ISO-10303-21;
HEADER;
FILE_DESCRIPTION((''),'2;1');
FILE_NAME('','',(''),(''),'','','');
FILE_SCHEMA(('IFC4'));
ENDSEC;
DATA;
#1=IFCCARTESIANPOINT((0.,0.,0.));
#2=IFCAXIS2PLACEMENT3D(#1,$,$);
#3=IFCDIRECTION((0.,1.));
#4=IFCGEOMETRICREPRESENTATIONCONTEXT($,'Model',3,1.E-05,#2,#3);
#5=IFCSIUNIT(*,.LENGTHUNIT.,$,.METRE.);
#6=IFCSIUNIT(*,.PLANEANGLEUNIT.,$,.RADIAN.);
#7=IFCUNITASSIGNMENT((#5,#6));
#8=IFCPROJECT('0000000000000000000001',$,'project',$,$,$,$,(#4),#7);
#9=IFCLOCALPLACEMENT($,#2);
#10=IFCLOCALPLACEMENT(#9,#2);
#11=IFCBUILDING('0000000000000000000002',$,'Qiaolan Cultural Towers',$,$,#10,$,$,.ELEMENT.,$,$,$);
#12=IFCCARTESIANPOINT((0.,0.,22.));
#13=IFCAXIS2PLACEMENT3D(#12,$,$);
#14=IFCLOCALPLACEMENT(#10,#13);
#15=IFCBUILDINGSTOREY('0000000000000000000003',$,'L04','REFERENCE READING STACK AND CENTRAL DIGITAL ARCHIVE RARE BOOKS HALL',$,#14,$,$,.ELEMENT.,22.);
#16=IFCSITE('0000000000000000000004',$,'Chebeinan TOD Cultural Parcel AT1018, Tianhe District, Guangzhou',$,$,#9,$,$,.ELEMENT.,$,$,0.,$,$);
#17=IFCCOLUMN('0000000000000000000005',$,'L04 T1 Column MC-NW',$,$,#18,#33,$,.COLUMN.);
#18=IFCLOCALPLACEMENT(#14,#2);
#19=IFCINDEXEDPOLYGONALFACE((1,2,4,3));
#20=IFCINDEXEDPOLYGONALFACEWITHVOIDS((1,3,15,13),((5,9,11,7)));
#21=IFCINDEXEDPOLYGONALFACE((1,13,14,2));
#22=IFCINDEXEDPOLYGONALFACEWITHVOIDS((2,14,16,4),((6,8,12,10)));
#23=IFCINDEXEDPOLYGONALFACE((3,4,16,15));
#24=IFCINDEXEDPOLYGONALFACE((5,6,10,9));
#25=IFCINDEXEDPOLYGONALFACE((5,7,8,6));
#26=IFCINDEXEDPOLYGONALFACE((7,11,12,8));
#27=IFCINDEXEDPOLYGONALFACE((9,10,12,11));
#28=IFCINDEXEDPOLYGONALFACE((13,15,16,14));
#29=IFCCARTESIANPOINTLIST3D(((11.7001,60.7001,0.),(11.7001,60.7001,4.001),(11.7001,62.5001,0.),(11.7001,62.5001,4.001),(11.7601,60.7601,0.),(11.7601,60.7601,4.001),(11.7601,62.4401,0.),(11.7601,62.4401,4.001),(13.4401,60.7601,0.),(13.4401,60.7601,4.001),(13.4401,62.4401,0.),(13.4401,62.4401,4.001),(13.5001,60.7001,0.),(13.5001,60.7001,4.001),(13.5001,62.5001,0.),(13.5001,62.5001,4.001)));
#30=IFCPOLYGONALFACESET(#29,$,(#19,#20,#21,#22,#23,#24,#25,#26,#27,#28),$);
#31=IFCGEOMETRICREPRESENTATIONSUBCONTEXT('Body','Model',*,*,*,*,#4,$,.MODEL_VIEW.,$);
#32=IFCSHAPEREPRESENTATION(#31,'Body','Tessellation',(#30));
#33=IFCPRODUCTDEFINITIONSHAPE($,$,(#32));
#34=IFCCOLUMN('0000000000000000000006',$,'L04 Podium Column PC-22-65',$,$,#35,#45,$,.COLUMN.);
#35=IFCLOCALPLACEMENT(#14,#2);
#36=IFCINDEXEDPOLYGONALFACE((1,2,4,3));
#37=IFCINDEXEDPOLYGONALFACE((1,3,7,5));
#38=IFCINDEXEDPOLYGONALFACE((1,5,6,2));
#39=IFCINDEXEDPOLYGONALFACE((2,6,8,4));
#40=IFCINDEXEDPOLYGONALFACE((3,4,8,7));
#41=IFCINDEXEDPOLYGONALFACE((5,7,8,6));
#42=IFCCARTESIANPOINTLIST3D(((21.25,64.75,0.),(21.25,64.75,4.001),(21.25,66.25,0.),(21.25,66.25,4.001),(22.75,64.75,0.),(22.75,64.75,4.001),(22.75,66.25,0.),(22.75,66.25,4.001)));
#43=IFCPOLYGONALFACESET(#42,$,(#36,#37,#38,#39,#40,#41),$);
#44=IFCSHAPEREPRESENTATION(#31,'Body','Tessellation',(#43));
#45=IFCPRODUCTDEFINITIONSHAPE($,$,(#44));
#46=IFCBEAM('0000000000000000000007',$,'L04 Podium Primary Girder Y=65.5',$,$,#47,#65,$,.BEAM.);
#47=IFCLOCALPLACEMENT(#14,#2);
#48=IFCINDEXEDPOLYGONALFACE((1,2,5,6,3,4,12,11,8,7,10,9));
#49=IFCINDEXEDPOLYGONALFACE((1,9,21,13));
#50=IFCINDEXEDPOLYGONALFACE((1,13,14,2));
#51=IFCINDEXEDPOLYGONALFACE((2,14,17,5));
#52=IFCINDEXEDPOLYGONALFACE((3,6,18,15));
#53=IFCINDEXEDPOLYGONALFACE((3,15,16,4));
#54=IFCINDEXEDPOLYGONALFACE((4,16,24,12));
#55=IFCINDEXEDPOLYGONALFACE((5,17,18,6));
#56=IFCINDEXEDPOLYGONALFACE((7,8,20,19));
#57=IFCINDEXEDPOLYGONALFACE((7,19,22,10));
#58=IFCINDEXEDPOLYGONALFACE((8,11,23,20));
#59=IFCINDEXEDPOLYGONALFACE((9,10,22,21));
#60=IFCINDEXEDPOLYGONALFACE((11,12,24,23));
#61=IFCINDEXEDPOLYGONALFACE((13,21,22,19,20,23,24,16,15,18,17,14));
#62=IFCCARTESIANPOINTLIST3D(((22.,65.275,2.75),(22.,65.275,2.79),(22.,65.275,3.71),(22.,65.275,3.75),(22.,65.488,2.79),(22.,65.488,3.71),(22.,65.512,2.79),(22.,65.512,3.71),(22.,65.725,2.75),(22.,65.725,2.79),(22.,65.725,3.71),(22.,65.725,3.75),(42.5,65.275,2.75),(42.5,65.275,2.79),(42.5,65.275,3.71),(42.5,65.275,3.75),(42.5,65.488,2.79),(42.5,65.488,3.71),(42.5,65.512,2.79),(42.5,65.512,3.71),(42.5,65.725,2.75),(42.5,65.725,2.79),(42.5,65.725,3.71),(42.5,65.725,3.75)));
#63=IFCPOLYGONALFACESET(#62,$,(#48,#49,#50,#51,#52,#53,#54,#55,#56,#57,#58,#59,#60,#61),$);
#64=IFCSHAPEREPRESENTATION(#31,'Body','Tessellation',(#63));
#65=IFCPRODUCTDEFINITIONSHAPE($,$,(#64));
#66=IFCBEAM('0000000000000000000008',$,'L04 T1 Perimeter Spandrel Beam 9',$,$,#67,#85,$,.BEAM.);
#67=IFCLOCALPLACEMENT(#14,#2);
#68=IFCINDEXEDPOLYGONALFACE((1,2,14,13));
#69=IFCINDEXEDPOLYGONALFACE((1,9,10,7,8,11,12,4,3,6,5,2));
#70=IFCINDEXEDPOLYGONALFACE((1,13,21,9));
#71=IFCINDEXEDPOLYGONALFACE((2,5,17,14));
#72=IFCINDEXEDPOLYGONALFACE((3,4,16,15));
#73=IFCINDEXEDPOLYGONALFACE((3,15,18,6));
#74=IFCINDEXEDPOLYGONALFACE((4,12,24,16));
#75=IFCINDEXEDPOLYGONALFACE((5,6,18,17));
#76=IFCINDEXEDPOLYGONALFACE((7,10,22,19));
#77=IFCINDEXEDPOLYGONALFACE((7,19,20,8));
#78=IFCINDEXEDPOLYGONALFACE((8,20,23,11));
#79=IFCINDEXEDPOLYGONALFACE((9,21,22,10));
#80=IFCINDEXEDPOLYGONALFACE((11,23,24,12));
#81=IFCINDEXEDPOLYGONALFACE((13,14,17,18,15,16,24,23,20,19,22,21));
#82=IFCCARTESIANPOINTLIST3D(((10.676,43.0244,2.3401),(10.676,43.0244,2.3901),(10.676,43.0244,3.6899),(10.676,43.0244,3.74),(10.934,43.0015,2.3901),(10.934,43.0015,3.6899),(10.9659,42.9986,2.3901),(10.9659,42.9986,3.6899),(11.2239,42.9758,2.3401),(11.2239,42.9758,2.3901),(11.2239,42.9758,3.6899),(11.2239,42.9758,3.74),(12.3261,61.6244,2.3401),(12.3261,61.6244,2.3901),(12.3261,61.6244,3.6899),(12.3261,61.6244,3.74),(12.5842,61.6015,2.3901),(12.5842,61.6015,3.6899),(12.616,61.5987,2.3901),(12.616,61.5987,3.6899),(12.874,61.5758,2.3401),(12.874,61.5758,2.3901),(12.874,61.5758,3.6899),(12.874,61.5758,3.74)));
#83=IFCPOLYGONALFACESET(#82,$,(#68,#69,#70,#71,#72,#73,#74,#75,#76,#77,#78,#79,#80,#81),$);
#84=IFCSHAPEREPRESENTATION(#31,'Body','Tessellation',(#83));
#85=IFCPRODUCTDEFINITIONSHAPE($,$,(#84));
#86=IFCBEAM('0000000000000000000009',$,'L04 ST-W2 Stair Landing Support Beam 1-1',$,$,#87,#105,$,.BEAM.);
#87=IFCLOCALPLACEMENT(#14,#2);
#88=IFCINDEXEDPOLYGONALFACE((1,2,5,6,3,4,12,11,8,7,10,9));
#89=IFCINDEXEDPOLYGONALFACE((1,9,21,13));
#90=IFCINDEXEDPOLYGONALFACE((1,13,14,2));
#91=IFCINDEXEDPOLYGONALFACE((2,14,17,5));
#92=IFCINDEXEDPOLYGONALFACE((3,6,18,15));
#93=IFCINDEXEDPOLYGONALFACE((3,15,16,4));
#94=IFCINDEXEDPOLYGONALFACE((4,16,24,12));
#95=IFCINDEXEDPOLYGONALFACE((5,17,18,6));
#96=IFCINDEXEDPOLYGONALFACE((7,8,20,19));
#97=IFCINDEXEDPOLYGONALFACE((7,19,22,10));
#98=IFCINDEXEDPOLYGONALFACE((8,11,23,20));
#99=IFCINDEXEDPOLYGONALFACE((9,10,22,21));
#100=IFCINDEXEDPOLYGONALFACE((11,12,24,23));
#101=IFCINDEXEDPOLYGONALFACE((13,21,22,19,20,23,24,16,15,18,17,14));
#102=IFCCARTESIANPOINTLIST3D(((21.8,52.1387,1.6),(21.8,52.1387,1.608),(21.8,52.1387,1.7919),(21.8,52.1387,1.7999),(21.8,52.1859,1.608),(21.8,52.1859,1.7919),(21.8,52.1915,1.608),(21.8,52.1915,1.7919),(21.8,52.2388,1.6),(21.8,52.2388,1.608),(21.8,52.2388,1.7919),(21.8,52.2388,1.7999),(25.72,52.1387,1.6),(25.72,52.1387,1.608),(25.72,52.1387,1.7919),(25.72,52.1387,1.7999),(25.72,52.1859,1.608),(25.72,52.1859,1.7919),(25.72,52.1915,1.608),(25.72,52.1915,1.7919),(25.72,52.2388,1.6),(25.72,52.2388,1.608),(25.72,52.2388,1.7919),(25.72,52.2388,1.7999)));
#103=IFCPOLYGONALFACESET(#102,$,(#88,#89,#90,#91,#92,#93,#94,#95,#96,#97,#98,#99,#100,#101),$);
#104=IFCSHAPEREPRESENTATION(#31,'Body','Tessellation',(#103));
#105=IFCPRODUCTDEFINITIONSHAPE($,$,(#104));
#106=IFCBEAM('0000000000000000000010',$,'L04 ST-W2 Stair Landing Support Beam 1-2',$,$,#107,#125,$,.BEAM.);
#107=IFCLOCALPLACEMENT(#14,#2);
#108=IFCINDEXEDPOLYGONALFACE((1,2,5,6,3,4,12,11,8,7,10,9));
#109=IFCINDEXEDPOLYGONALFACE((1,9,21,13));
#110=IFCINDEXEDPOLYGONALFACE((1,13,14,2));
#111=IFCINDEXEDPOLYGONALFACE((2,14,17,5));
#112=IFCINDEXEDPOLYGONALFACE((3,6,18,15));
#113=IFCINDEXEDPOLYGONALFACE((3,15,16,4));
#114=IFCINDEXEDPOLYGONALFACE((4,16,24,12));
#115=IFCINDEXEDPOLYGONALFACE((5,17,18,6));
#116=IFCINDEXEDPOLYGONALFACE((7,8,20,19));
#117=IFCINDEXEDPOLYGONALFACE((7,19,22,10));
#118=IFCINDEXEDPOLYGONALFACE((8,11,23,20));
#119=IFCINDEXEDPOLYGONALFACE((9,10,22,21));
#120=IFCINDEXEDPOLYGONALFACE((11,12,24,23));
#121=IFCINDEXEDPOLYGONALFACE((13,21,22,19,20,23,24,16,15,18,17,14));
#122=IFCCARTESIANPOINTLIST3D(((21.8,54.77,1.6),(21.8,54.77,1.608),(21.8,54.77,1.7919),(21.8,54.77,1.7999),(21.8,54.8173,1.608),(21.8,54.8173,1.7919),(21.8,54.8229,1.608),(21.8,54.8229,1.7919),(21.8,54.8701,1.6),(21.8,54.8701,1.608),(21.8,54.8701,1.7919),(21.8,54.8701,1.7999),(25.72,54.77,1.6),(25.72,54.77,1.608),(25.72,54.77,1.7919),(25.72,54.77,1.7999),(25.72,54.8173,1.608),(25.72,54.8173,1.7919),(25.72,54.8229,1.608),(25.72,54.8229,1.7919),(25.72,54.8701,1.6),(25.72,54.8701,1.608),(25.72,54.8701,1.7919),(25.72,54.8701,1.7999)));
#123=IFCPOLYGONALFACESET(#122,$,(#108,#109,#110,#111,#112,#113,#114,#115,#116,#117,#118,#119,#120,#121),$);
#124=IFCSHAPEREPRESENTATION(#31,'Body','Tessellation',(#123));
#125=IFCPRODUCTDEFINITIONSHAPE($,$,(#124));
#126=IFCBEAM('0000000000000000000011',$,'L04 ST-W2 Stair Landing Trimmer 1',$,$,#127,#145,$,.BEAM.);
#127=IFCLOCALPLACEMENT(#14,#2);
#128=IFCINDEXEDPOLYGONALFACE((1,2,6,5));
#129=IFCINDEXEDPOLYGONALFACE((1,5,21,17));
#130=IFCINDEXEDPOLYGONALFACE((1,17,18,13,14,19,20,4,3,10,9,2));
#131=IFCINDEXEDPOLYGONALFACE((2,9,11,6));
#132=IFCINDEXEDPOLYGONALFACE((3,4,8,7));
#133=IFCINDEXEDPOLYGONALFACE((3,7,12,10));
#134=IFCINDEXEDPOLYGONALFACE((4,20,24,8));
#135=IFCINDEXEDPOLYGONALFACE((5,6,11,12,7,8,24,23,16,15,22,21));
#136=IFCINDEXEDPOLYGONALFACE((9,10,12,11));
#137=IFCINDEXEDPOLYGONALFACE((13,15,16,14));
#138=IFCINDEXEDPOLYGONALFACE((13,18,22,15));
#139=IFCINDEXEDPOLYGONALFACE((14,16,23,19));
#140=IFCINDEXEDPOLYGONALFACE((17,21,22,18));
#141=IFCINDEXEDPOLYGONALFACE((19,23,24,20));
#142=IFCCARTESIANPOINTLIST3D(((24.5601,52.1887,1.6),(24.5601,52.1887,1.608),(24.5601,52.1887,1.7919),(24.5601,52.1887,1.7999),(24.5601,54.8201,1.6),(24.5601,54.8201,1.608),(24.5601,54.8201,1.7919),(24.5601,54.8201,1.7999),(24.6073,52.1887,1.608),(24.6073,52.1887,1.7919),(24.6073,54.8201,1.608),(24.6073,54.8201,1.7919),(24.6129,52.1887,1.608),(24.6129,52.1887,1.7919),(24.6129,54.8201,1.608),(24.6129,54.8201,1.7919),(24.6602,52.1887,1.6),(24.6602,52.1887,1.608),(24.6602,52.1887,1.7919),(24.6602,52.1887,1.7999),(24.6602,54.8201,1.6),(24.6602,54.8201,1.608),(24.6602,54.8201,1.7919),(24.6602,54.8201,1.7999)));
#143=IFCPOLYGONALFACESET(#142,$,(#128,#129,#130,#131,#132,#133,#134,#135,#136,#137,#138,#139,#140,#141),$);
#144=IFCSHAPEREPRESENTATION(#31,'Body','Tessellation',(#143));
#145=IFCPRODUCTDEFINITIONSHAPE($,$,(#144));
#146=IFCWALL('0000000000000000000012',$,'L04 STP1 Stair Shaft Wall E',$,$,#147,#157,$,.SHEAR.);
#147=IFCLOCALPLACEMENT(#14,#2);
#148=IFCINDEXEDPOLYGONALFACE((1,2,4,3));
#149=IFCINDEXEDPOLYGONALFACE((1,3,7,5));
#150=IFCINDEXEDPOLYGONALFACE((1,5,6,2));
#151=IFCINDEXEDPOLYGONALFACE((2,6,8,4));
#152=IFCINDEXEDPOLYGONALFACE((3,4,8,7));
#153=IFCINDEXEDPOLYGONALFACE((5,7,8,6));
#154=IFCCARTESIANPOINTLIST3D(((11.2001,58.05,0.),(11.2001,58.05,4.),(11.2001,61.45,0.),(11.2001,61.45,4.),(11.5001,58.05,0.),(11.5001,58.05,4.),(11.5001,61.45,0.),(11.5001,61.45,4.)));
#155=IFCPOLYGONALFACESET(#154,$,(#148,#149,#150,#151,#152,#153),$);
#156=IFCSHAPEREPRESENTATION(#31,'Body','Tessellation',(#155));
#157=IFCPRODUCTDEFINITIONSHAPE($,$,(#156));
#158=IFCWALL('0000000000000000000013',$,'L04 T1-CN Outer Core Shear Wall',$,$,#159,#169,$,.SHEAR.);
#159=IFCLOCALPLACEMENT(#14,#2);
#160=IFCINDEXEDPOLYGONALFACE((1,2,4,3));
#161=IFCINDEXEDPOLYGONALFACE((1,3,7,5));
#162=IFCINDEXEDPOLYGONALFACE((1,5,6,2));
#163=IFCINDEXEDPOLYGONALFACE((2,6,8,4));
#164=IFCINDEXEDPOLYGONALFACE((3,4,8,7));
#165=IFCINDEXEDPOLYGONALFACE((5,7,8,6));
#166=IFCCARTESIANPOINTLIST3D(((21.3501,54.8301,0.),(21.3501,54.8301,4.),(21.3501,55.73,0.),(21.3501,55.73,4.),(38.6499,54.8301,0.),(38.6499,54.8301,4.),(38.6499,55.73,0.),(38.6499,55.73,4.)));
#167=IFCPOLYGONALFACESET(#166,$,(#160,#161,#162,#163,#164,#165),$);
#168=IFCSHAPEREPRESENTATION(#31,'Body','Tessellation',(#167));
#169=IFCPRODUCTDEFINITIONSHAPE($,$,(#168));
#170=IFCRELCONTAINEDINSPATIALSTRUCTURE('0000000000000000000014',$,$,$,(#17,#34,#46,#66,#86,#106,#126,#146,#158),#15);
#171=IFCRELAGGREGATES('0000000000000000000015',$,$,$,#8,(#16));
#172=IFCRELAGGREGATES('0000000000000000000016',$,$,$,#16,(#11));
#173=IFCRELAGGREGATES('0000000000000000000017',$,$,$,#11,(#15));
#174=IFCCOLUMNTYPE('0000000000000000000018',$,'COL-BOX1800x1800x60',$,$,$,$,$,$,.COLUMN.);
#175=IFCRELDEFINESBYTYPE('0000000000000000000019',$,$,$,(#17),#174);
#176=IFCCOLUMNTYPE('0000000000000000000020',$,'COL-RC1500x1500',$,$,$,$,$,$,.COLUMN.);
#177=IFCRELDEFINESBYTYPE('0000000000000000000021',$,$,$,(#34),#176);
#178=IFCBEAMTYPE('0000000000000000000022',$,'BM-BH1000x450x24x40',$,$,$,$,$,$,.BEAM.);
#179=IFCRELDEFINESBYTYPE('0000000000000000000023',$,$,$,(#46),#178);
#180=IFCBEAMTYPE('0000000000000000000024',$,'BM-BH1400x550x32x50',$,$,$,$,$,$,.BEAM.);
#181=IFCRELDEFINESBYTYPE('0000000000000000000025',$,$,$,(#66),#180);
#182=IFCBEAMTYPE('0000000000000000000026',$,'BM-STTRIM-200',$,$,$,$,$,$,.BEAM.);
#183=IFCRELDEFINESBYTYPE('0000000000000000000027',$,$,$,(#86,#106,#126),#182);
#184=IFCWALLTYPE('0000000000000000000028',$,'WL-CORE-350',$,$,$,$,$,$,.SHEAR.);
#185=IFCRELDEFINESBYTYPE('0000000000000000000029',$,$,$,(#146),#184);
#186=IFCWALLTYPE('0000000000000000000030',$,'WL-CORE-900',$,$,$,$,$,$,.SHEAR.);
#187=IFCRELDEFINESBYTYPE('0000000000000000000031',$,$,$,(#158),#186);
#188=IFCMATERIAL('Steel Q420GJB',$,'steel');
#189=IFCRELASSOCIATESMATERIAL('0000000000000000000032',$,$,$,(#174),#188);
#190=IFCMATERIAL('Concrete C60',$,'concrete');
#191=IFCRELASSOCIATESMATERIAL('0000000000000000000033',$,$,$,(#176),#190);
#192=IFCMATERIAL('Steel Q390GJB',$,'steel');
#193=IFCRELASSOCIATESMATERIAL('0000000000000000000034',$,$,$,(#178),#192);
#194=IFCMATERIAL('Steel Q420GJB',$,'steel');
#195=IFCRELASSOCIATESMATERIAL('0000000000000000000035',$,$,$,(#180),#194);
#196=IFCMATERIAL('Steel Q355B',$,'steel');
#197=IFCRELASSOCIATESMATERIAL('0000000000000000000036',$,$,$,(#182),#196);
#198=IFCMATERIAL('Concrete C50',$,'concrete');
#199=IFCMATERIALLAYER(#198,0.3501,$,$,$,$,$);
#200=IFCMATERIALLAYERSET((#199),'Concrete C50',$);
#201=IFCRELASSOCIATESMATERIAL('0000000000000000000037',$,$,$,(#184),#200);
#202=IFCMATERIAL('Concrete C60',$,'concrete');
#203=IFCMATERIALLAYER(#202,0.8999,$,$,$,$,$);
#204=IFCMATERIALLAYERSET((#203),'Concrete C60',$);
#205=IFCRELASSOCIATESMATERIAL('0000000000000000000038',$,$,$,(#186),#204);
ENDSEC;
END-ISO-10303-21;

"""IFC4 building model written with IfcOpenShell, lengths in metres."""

from ifc_helpers import new_model, si_unit, direction, frame, frame_2d, origin, origin_2d, place, context, subcontext, project, spatial, rectangle, hollow_rectangle, i_section, extrude, material, layer, layer_set, material_profile, profile_set, type_object, element, save


model = new_model("IFC4")

# Units and contexts
model_context = context("Model", 3, precision=1e-05, world=origin(), true_north=direction((0.0, 1.0)))
body_context = subcontext(model_context, "Body", "Model", "MODEL_VIEW")
ifc_project = project(units=[si_unit("LENGTHUNIT", "METRE"), si_unit("PLANEANGLEUNIT", "RADIAN")], contexts=[model_context])

# Site, building, storey
site_placement = place(None, origin())
site = spatial("IfcSite", under=ifc_project, at=site_placement, Name="Chebeinan TOD Cultural Parcel AT1018, Tianhe District, Guangzhou", CompositionType="ELEMENT", RefElevation=0.0)
building_placement = place(site_placement, origin())
building = spatial("IfcBuilding", under=site, at=building_placement, Name="Qiaolan Cultural Towers", CompositionType="ELEMENT")
storey_placement = place(building_placement, frame((0.0, 0.0, 22.0)))
storey = spatial("IfcBuildingStorey", under=building, at=storey_placement, Name="L04", Description="REFERENCE READING STACK AND CENTRAL DIGITAL ARCHIVE RARE BOOKS HALL", CompositionType="ELEMENT", Elevation=22.0)

# Columns
ifc_material_1 = material(Name="Steel Q420GJB", Category="steel")
ifc_material_profile_1 = material_profile(ifc_material_1, hollow_rectangle(XDim=1.8, YDim=1.8, WallThickness=0.0601, at=origin_2d()), Name="BOX1800x1800x60")
ifc_profile_set_1 = profile_set([ifc_material_profile_1], Name="Steel Q420GJB")
column_type_1 = type_object("IfcColumnType", Name="COL-BOX1800x1800x60", PredefinedType="COLUMN", material=ifc_profile_set_1)
column_1_placement = place(storey_placement, frame((12.6001, 61.6001, 0.0), z_axis=(0.0, 0.0, 1.0), x_axis=(1.0, 0.0, 0.0)))
element("IfcColumn", 1, at=column_1_placement, inside=storey, type_object=column_type_1, Name="L04 T1 Column MC-NW", PredefinedType="COLUMN", context=body_context, shape_type="SweptSolid", body=[
    extrude(hollow_rectangle(XDim=1.8, YDim=1.8, WallThickness=0.0601, at=origin_2d()), origin(), (0.0, 0.0, 1.0), 4.001),
])
ifc_material_2 = material(Name="Concrete C60", Category="concrete")
ifc_material_profile_2 = material_profile(ifc_material_2, rectangle(XDim=1.5, YDim=1.5, at=origin_2d()), Name="RC1500x1500")
ifc_profile_set_2 = profile_set([ifc_material_profile_2], Name="Concrete C60")
column_type_2 = type_object("IfcColumnType", Name="COL-RC1500x1500", PredefinedType="COLUMN", material=ifc_profile_set_2)
column_2_placement = place(storey_placement, frame((22.0, 65.5, 0.0), z_axis=(0.0, 0.0, 1.0), x_axis=(1.0, 0.0, 0.0)))
element("IfcColumn", 2, at=column_2_placement, inside=storey, type_object=column_type_2, Name="L04 Podium Column PC-22-65", PredefinedType="COLUMN", context=body_context, shape_type="SweptSolid", body=[
    extrude(rectangle(XDim=1.5, YDim=1.5, at=origin_2d()), origin(), (0.0, 0.0, 1.0), 4.001),
])

# Beams
ifc_material_3 = material(Name="Steel Q390GJB", Category="steel")
ifc_material_profile_3 = material_profile(ifc_material_3, i_section(OverallWidth=0.45, OverallDepth=1.0, WebThickness=0.0239, FlangeThickness=0.04, at=origin_2d()), Name="BH1000x450x24x40")
ifc_profile_set_3 = profile_set([ifc_material_profile_3], Name="Steel Q390GJB")
beam_type_1 = type_object("IfcBeamType", Name="BM-BH1000x450x24x40", PredefinedType="BEAM", material=ifc_profile_set_3)
beam_1_placement = place(storey_placement, frame((22.0, 65.5, 3.25), z_axis=(1.0, 0.0, 0.0), x_axis=(0.0, 1.0, 0.0)))
element("IfcBeam", 3, at=beam_1_placement, inside=storey, type_object=beam_type_1, Name="L04 Podium Primary Girder Y=65.5", PredefinedType="BEAM", context=body_context, shape_type="SweptSolid", body=[
    extrude(i_section(OverallWidth=0.45, OverallDepth=1.0, WebThickness=0.0239, FlangeThickness=0.04, at=origin_2d()), origin(), (0.0, 0.0, 1.0), 20.5),
])
ifc_material_4 = material(Name="Steel Q420GJB", Category="steel")
ifc_material_profile_4 = material_profile(ifc_material_4, i_section(OverallWidth=0.55, OverallDepth=1.3999, WebThickness=0.032, FlangeThickness=0.05, at=origin_2d()), Name="BH1400x550x32x50")
ifc_profile_set_4 = profile_set([ifc_material_profile_4], Name="Steel Q420GJB")
beam_type_2 = type_object("IfcBeamType", Name="BM-BH1400x550x32x50", PredefinedType="BEAM", material=ifc_profile_set_4)
beam_2_placement = place(storey_placement, frame((12.6001, 61.6001, 3.04), z_axis=(-0.08837, -0.996088, 0.0), x_axis=(0.996088, -0.08837, 0.0)))
element("IfcBeam", 4, at=beam_2_placement, inside=storey, type_object=beam_type_2, Name="L04 T1 Perimeter Spandrel Beam 9", PredefinedType="BEAM", context=body_context, shape_type="SweptSolid", body=[
    extrude(i_section(OverallWidth=0.55, OverallDepth=1.3999, WebThickness=0.032, FlangeThickness=0.05, at=origin_2d()), origin(), (0.0, 0.0, 1.0), 18.6731),
])
ifc_material_5 = material(Name="Steel Q355B", Category="steel")
ifc_material_profile_5 = material_profile(ifc_material_5, i_section(OverallWidth=0.1001, OverallDepth=0.2, WebThickness=0.0056, FlangeThickness=0.0081, at=origin_2d()), Name="HN200x100x5.5x8")
ifc_profile_set_5 = profile_set([ifc_material_profile_5], Name="Steel Q355B")
beam_type_3 = type_object("IfcBeamType", Name="BM-STTRIM-200", PredefinedType="BEAM", material=ifc_profile_set_5)
for number, where, z_axis, x_axis, name in (
    (5, (21.8, 52.1887, 1.7), (1.0, 0.0, 0.0), (0.0, 1.0, 0.0), "L04 ST-W2 Stair Landing Support Beam 1-1"),
    (6, (21.8, 54.8201, 1.7), (1.0, 0.0, 0.0), (0.0, 1.0, 0.0), "L04 ST-W2 Stair Landing Support Beam 1-2"),
):
    element("IfcBeam", number, at=place(storey_placement, frame(where, z_axis=z_axis, x_axis=x_axis)), inside=storey, type_object=beam_type_3, Name=name, PredefinedType="BEAM", context=body_context, shape_type="SweptSolid", body=[
        extrude(i_section(OverallWidth=0.1001, OverallDepth=0.2, WebThickness=0.0056, FlangeThickness=0.0081, at=origin_2d()), origin(), (0.0, 0.0, 1.0), 3.9199),
    ])
beam_3_placement = place(storey_placement, frame((24.6101, 52.1887, 1.7), z_axis=(0.0, 1.0, 0.0), x_axis=(-1.0, 0.0, 0.0)))
element("IfcBeam", 7, at=beam_3_placement, inside=storey, type_object=beam_type_3, Name="L04 ST-W2 Stair Landing Trimmer 1", PredefinedType="BEAM", context=body_context, shape_type="SweptSolid", body=[
    extrude(i_section(OverallWidth=0.1001, OverallDepth=0.2, WebThickness=0.0056, FlangeThickness=0.0081, at=origin_2d()), origin(), (0.0, 0.0, 1.0), 2.6313),
])

# Walls
ifc_material_6 = material(Name="Concrete C50", Category="concrete")
ifc_layer_1 = layer(ifc_material_6, 0.3501)
ifc_layer_set_1 = layer_set([ifc_layer_1], Name="Concrete C50")
wall_type_1 = type_object("IfcWallType", Name="WL-CORE-350", PredefinedType="SHEAR", material=ifc_layer_set_1)
wall_1_placement = place(storey_placement, frame((11.3501, 58.05, 0.0), z_axis=(0.0, 0.0, 1.0), x_axis=(0.0, 1.0, 0.0)))
element("IfcWall", 8, at=wall_1_placement, inside=storey, type_object=wall_type_1, Name="L04 STP1 Stair Shaft Wall E", PredefinedType="SHEAR", context=body_context, shape_type="SweptSolid", body=[
    extrude(rectangle(XDim=3.3999, YDim=0.3, at=frame_2d((1.7, 0.0))), origin(), (0.0, 0.0, 1.0), 4.0),
])
ifc_material_7 = material(Name="Concrete C60", Category="concrete")
ifc_layer_2 = layer(ifc_material_7, 0.8999)
ifc_layer_set_2 = layer_set([ifc_layer_2], Name="Concrete C60")
wall_type_2 = type_object("IfcWallType", Name="WL-CORE-900", PredefinedType="SHEAR", material=ifc_layer_set_2)
wall_2_placement = place(storey_placement, frame((21.3501, 55.28, 0.0), z_axis=(0.0, 0.0, 1.0), x_axis=(1.0, 0.0, 0.0)))
element("IfcWall", 9, at=wall_2_placement, inside=storey, type_object=wall_type_2, Name="L04 T1-CN Outer Core Shear Wall", PredefinedType="SHEAR", context=body_context, shape_type="SweptSolid", body=[
    extrude(rectangle(XDim=17.2998, YDim=0.8999, at=frame_2d((8.6499, 0.0))), origin(), (0.0, 0.0, 1.0), 4.0),
])

save(model, "model.ifc")
